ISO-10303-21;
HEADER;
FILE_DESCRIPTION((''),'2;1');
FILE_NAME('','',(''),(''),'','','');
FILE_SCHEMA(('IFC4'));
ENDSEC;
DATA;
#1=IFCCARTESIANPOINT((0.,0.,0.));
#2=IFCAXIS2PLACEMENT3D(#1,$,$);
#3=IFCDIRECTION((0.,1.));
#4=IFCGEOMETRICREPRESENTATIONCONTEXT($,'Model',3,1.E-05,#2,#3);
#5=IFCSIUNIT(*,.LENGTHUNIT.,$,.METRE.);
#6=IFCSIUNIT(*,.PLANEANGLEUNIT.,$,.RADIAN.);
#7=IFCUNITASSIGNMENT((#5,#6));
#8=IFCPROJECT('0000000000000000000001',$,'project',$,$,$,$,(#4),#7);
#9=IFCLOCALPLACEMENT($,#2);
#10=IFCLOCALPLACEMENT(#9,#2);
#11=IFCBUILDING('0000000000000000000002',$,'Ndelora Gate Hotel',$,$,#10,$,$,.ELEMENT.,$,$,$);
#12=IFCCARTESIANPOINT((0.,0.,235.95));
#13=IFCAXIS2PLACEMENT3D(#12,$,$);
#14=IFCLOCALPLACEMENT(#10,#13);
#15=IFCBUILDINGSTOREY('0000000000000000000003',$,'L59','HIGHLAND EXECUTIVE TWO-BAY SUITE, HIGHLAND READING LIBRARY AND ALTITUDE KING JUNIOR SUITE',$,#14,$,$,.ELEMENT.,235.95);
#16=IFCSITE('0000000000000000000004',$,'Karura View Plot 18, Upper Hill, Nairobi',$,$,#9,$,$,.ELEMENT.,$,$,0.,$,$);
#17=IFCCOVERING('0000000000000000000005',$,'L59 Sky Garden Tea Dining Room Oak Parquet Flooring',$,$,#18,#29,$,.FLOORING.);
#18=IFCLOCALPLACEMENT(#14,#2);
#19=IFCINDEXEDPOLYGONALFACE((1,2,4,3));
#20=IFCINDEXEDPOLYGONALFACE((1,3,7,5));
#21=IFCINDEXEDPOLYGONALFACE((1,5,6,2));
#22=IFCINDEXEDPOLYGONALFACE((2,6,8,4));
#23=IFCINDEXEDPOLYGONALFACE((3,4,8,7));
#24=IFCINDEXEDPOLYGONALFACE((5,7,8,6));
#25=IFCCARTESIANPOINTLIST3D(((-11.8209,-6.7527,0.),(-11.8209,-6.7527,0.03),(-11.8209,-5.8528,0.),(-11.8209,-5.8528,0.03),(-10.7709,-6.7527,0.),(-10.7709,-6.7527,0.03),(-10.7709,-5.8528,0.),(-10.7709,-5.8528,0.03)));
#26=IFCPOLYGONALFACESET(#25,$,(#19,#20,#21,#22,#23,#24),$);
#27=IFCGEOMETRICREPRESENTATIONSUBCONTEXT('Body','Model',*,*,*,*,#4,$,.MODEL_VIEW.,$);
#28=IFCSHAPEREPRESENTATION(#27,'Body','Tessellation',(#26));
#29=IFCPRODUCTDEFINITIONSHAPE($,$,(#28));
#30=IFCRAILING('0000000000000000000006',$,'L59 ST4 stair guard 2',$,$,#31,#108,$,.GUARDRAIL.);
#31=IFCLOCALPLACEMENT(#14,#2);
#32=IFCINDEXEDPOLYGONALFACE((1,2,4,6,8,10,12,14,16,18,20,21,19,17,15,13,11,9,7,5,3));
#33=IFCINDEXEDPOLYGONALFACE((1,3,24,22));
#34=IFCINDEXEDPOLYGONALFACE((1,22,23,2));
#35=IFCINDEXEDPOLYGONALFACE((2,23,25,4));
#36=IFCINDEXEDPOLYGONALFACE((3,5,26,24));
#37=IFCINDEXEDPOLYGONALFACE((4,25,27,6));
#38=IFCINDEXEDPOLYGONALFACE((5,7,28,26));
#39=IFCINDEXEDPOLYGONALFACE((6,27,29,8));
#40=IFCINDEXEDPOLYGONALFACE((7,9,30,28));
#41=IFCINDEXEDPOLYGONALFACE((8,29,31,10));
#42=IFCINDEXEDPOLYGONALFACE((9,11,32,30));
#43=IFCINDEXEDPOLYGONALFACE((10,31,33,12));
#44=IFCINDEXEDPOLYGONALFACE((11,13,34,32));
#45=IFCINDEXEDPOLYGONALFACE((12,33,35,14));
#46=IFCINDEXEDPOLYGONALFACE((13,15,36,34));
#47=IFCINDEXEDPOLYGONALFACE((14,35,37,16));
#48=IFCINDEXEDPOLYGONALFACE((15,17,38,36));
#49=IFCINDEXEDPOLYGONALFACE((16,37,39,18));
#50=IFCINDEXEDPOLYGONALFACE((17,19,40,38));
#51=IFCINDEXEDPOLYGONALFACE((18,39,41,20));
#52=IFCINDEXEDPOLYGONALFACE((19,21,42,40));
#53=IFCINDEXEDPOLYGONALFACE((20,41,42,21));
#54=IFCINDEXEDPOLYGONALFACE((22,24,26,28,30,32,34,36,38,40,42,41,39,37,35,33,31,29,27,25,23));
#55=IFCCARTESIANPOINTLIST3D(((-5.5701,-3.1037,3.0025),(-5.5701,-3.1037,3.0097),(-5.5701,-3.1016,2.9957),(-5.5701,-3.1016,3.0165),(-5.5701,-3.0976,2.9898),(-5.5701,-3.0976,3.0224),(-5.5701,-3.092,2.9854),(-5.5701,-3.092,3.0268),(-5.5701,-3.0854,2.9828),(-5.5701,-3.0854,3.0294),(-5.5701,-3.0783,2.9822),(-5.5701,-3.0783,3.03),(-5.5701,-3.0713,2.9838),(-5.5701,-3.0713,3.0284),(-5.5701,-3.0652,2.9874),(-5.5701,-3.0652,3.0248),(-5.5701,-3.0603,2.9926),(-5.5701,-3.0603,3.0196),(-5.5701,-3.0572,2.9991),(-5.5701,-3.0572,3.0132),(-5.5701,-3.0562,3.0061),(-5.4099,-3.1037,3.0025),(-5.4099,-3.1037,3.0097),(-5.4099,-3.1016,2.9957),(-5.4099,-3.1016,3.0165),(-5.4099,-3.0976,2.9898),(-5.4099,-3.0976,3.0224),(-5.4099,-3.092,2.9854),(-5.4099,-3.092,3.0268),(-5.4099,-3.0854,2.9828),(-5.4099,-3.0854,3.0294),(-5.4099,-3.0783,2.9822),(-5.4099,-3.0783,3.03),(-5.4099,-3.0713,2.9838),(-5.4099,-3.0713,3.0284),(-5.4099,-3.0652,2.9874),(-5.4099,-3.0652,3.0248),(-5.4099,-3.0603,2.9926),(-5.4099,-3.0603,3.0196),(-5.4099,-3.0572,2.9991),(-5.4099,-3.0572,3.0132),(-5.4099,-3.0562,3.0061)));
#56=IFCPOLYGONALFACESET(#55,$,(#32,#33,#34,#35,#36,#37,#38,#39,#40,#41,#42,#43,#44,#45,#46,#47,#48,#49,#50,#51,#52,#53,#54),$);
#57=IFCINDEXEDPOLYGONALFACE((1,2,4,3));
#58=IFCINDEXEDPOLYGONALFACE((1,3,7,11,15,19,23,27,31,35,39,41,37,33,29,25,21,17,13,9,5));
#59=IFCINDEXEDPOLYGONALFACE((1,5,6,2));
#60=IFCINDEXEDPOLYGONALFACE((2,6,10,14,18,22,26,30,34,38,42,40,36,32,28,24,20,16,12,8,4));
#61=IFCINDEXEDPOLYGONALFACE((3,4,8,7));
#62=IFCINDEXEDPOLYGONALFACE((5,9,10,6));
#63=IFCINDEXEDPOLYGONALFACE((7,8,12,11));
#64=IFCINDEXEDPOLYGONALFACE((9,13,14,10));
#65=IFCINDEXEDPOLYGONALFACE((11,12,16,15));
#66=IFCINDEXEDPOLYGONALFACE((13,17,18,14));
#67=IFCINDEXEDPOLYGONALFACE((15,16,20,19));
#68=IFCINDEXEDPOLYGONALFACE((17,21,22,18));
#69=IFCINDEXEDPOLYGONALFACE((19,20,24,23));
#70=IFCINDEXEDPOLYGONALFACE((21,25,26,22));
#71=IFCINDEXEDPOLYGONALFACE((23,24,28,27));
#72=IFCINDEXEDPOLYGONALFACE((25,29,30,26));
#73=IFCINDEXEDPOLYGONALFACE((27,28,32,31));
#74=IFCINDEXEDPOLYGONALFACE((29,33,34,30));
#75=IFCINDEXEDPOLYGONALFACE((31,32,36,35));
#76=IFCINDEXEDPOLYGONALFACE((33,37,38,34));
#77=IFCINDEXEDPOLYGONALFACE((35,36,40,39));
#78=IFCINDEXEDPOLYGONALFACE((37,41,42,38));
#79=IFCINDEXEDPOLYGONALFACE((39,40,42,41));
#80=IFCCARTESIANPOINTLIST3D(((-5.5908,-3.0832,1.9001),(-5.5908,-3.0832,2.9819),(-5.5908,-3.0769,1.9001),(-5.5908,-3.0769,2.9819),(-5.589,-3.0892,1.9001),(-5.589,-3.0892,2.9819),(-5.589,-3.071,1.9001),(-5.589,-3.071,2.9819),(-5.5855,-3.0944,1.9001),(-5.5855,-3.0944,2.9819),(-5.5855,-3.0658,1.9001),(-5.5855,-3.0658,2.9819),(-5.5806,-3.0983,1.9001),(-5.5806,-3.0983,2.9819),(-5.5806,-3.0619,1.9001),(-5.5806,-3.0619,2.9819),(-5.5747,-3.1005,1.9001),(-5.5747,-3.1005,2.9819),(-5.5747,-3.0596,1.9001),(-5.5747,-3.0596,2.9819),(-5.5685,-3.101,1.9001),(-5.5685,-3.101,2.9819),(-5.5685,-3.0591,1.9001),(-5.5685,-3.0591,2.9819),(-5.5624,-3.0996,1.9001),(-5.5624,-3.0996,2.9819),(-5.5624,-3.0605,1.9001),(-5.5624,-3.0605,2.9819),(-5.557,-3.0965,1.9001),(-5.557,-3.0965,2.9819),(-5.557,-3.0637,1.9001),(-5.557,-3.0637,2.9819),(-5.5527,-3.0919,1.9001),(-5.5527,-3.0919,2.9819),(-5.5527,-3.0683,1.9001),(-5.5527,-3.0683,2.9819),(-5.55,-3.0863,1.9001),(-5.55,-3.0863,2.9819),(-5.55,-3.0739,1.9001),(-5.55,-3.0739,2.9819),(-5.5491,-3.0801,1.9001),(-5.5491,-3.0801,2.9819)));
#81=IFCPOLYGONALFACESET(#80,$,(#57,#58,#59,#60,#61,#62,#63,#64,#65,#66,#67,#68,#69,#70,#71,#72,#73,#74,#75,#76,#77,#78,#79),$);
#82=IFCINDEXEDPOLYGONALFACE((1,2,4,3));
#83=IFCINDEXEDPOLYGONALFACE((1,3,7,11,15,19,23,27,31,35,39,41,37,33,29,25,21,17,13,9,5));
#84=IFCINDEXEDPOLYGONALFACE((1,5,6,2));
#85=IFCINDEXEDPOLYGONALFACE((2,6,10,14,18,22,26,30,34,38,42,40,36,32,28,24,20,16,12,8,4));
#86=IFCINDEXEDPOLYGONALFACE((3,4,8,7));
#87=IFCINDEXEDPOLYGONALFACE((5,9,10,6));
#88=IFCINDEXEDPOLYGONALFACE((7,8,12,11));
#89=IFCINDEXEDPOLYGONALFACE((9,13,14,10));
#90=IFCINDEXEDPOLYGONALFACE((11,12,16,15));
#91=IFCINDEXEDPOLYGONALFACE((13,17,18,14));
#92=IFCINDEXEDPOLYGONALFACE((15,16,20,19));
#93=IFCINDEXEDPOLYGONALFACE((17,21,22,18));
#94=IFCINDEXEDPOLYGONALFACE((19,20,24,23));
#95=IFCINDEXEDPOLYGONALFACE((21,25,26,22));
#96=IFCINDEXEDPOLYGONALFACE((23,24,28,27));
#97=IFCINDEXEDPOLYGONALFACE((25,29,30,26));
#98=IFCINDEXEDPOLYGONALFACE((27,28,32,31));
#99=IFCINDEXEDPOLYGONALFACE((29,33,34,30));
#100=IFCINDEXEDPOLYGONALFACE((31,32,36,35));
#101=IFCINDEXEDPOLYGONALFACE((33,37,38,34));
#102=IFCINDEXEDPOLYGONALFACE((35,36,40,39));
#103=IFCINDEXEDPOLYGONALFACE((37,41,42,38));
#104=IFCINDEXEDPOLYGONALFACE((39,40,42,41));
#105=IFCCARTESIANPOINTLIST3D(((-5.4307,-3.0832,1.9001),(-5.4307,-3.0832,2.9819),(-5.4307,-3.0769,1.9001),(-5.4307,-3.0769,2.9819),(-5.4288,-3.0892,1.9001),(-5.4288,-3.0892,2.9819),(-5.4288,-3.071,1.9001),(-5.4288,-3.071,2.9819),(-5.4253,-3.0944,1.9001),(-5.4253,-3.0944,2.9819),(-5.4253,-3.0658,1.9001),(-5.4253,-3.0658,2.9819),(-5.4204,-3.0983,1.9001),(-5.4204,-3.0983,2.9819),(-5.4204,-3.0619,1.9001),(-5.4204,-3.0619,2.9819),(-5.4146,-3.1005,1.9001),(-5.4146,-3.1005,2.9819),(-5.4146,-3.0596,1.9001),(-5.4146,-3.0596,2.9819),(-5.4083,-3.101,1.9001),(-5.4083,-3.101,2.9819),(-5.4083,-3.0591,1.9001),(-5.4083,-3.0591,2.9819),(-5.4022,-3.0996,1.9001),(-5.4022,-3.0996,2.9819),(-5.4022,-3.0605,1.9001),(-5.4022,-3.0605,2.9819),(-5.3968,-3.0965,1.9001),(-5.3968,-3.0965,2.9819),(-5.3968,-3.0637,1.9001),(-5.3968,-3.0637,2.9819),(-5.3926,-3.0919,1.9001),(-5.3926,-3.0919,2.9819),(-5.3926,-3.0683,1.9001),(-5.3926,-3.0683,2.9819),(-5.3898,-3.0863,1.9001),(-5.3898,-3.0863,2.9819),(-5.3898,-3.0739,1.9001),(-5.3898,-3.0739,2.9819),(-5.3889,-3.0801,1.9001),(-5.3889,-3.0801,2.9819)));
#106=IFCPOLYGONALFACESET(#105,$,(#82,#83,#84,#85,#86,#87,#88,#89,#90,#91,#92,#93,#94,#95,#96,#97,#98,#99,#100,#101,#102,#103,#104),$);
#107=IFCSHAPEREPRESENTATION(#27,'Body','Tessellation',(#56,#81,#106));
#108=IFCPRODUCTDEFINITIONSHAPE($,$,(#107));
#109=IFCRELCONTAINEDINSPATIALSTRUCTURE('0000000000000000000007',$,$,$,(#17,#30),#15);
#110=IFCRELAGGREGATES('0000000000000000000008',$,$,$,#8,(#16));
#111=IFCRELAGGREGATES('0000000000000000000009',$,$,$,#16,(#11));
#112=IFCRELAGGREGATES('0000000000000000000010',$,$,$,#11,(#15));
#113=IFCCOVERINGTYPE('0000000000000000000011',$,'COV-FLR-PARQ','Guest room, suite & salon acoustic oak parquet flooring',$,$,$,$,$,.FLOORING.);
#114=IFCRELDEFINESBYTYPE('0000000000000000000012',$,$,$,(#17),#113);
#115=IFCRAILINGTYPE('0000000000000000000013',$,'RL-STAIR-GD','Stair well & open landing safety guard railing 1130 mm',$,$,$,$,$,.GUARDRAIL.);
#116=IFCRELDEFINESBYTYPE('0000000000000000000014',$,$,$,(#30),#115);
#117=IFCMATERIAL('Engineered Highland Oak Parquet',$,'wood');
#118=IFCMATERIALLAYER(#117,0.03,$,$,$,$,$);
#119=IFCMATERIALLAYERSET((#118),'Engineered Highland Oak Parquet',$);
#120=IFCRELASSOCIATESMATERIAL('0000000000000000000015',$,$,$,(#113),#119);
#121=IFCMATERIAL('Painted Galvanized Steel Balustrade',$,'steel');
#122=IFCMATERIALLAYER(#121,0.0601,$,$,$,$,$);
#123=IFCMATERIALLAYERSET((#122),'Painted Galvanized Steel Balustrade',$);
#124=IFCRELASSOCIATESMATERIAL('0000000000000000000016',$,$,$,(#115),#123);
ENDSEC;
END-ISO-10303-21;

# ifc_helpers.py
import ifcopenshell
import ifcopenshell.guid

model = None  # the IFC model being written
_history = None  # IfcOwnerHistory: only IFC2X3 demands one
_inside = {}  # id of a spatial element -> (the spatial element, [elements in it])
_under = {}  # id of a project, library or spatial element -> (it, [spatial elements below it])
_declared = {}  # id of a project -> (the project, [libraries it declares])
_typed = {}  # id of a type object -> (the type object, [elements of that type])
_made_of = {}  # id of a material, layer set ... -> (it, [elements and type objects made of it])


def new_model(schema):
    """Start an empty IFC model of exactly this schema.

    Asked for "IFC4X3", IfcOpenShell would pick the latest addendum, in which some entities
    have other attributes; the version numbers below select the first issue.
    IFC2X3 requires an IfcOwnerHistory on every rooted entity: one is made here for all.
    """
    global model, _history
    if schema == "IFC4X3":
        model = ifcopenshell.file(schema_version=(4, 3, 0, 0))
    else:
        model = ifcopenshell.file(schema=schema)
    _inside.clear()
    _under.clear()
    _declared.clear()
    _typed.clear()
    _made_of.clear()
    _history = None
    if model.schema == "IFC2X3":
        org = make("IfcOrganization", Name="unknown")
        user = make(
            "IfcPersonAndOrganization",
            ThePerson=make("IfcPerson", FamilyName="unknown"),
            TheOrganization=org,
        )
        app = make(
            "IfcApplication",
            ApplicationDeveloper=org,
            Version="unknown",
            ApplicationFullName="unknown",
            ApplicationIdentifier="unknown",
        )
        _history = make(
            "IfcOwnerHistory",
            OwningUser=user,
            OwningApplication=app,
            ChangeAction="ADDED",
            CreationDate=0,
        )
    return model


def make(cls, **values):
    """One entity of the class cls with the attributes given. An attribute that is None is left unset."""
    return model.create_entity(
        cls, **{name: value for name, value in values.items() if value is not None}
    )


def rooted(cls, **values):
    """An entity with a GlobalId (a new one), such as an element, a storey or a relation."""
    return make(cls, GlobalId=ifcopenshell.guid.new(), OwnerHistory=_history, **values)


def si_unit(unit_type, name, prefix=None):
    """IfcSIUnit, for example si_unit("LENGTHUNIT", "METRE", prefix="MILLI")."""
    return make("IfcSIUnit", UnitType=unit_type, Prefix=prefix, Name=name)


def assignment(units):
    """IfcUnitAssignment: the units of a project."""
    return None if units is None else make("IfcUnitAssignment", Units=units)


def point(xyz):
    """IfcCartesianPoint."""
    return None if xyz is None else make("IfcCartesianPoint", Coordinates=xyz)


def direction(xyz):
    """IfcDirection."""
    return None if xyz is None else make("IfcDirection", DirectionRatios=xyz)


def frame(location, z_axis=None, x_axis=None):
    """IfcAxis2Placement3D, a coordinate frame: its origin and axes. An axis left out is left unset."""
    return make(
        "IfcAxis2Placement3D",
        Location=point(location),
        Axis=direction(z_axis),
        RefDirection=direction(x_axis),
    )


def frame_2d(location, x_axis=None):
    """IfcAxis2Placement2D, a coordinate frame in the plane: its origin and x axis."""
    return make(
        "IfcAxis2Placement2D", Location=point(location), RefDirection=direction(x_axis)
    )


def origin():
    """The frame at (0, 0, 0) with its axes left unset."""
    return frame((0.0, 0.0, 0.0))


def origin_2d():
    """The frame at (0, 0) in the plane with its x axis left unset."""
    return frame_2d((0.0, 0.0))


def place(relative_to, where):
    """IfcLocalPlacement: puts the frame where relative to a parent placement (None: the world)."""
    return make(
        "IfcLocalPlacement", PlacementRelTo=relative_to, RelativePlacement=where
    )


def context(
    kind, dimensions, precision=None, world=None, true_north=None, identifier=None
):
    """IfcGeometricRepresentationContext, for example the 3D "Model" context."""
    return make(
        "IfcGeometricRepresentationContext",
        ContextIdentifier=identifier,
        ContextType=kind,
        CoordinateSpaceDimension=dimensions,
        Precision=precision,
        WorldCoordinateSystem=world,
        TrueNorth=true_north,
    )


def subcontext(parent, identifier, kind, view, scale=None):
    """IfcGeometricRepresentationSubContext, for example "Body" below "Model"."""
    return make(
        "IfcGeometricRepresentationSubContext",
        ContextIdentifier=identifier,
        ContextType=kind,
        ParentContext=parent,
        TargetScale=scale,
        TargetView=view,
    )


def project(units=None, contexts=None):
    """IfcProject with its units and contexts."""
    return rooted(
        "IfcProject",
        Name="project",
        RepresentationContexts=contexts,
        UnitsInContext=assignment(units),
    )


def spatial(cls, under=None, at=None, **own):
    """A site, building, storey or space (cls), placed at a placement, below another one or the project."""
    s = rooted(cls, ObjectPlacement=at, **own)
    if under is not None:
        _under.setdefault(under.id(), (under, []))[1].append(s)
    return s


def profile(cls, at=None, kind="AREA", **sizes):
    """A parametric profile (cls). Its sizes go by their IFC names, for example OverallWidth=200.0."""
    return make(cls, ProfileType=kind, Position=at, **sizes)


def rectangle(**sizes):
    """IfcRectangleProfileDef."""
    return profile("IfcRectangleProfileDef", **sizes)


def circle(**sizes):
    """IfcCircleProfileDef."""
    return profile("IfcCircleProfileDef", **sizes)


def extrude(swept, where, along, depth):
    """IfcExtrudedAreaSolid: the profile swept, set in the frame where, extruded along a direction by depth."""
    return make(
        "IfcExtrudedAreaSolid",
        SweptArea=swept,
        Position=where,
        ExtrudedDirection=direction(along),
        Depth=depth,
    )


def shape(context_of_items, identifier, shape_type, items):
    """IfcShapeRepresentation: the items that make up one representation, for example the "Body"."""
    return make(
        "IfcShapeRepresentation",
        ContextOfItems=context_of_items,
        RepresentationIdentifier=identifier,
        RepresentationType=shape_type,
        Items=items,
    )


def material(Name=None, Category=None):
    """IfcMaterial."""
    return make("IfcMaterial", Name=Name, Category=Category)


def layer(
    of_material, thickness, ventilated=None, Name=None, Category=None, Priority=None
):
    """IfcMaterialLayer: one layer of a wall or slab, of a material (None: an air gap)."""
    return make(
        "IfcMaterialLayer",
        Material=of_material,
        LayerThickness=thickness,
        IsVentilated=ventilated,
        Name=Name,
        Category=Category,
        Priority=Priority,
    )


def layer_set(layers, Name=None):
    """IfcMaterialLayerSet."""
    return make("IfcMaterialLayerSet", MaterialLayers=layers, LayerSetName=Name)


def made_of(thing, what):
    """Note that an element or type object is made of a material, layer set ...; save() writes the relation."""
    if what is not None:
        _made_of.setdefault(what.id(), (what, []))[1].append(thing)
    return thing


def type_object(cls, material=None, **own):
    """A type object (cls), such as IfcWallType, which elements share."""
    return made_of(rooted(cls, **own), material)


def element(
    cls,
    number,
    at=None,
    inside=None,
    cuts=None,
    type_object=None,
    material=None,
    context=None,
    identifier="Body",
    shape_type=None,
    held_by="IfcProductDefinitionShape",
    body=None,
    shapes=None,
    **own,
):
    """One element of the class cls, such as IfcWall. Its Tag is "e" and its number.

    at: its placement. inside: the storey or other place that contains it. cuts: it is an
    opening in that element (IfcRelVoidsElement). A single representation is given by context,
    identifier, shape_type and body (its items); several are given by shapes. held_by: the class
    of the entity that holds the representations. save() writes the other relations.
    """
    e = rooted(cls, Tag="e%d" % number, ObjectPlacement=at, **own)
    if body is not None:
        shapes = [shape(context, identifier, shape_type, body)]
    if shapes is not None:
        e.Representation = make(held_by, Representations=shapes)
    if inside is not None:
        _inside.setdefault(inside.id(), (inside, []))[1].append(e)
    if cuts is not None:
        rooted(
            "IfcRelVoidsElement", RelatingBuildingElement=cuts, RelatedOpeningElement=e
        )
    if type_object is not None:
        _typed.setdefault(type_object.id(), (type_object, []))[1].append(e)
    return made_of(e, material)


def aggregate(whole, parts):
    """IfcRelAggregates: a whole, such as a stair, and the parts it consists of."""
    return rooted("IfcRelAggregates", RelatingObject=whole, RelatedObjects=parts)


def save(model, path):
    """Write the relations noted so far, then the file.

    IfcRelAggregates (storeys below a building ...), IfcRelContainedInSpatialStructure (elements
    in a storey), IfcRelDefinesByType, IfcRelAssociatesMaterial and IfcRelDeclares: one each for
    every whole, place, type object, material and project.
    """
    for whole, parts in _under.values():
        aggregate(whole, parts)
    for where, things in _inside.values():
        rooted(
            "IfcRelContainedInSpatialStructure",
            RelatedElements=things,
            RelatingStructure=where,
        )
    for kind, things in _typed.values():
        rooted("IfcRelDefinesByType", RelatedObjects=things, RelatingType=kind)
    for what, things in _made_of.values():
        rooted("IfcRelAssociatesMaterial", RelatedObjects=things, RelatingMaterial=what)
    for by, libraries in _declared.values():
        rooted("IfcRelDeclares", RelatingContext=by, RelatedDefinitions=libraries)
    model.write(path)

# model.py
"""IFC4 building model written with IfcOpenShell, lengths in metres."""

from ifc_helpers import new_model, si_unit, direction, frame, origin, origin_2d, place, context, subcontext, project, spatial, rectangle, circle, extrude, material, layer, layer_set, type_object, element, save


model = new_model("IFC4")

# Units and contexts
model_context = context("Model", 3, precision=1e-05, world=origin(), true_north=direction((0.0, 1.0)))
body_context = subcontext(model_context, "Body", "Model", "MODEL_VIEW")
ifc_project = project(units=[si_unit("LENGTHUNIT", "METRE"), si_unit("PLANEANGLEUNIT", "RADIAN")], contexts=[model_context])

# Site, building, storey
site_placement = place(None, origin())
site = spatial("IfcSite", under=ifc_project, at=site_placement, Name="Karura View Plot 18, Upper Hill, Nairobi", CompositionType="ELEMENT", RefElevation=0.0)
building_placement = place(site_placement, origin())
building = spatial("IfcBuilding", under=site, at=building_placement, Name="Ndelora Gate Hotel", CompositionType="ELEMENT")
storey_placement = place(building_placement, frame((0.0, 0.0, 235.95)))
storey = spatial("IfcBuildingStorey", under=building, at=storey_placement, Name="L59", Description="HIGHLAND EXECUTIVE TWO-BAY SUITE, HIGHLAND READING LIBRARY AND ALTITUDE KING JUNIOR SUITE", CompositionType="ELEMENT", Elevation=235.95)

# Covering
ifc_material_1 = material(Name="Engineered Highland Oak Parquet", Category="wood")
ifc_layer_1 = layer(ifc_material_1, 0.03)
ifc_layer_set_1 = layer_set([ifc_layer_1], Name="Engineered Highland Oak Parquet")
covering_type = type_object("IfcCoveringType", Name="COV-FLR-PARQ", Description="Guest room, suite & salon acoustic oak parquet flooring", PredefinedType="FLOORING", material=ifc_layer_set_1)
covering_placement = place(storey_placement, frame((-11.2959, -6.3027, 0.0), z_axis=(0.0, 0.0, 1.0), x_axis=(1.0, 0.0, 0.0)))
element("IfcCovering", 1, at=covering_placement, inside=storey, type_object=covering_type, Name="L59 Sky Garden Tea Dining Room Oak Parquet Flooring", PredefinedType="FLOORING", context=body_context, shape_type="SweptSolid", body=[
    extrude(rectangle(XDim=1.05, YDim=0.8999, at=origin_2d()), origin(), (0.0, 0.0, 1.0), 0.03),
])

# Railing
ifc_material_2 = material(Name="Painted Galvanized Steel Balustrade", Category="steel")
ifc_layer_2 = layer(ifc_material_2, 0.0601)
ifc_layer_set_2 = layer_set([ifc_layer_2], Name="Painted Galvanized Steel Balustrade")
railing_type = type_object("IfcRailingType", Name="RL-STAIR-GD", Description="Stair well & open landing safety guard railing 1130 mm", PredefinedType="GUARDRAIL", material=ifc_layer_set_2)
railing_1_placement = place(storey_placement, frame((-5.5701, -3.0801, 1.9001)))
element("IfcRailing", 2, at=railing_1_placement, inside=storey, type_object=railing_type, Name="L59 ST4 stair guard 2", PredefinedType="GUARDRAIL", context=body_context, shape_type="SweptSolid", body=[
    extrude(circle(Radius=0.0239, at=origin_2d()), frame((0.0, 0.0, 1.106), z_axis=(1.0, 0.0, 0.0), x_axis=(0.0, 1.0, 0.0)), (0.0, 0.0, 1.0), 0.1602),
    extrude(circle(Radius=0.021, at=origin_2d()), origin(), (0.0, 0.0, 1.0), 1.0818),
    extrude(circle(Radius=0.021, at=origin_2d()), frame((0.1602, 0.0, 0.0)), (0.0, 0.0, 1.0), 1.0818),
])

save(model, "model.ifc")
